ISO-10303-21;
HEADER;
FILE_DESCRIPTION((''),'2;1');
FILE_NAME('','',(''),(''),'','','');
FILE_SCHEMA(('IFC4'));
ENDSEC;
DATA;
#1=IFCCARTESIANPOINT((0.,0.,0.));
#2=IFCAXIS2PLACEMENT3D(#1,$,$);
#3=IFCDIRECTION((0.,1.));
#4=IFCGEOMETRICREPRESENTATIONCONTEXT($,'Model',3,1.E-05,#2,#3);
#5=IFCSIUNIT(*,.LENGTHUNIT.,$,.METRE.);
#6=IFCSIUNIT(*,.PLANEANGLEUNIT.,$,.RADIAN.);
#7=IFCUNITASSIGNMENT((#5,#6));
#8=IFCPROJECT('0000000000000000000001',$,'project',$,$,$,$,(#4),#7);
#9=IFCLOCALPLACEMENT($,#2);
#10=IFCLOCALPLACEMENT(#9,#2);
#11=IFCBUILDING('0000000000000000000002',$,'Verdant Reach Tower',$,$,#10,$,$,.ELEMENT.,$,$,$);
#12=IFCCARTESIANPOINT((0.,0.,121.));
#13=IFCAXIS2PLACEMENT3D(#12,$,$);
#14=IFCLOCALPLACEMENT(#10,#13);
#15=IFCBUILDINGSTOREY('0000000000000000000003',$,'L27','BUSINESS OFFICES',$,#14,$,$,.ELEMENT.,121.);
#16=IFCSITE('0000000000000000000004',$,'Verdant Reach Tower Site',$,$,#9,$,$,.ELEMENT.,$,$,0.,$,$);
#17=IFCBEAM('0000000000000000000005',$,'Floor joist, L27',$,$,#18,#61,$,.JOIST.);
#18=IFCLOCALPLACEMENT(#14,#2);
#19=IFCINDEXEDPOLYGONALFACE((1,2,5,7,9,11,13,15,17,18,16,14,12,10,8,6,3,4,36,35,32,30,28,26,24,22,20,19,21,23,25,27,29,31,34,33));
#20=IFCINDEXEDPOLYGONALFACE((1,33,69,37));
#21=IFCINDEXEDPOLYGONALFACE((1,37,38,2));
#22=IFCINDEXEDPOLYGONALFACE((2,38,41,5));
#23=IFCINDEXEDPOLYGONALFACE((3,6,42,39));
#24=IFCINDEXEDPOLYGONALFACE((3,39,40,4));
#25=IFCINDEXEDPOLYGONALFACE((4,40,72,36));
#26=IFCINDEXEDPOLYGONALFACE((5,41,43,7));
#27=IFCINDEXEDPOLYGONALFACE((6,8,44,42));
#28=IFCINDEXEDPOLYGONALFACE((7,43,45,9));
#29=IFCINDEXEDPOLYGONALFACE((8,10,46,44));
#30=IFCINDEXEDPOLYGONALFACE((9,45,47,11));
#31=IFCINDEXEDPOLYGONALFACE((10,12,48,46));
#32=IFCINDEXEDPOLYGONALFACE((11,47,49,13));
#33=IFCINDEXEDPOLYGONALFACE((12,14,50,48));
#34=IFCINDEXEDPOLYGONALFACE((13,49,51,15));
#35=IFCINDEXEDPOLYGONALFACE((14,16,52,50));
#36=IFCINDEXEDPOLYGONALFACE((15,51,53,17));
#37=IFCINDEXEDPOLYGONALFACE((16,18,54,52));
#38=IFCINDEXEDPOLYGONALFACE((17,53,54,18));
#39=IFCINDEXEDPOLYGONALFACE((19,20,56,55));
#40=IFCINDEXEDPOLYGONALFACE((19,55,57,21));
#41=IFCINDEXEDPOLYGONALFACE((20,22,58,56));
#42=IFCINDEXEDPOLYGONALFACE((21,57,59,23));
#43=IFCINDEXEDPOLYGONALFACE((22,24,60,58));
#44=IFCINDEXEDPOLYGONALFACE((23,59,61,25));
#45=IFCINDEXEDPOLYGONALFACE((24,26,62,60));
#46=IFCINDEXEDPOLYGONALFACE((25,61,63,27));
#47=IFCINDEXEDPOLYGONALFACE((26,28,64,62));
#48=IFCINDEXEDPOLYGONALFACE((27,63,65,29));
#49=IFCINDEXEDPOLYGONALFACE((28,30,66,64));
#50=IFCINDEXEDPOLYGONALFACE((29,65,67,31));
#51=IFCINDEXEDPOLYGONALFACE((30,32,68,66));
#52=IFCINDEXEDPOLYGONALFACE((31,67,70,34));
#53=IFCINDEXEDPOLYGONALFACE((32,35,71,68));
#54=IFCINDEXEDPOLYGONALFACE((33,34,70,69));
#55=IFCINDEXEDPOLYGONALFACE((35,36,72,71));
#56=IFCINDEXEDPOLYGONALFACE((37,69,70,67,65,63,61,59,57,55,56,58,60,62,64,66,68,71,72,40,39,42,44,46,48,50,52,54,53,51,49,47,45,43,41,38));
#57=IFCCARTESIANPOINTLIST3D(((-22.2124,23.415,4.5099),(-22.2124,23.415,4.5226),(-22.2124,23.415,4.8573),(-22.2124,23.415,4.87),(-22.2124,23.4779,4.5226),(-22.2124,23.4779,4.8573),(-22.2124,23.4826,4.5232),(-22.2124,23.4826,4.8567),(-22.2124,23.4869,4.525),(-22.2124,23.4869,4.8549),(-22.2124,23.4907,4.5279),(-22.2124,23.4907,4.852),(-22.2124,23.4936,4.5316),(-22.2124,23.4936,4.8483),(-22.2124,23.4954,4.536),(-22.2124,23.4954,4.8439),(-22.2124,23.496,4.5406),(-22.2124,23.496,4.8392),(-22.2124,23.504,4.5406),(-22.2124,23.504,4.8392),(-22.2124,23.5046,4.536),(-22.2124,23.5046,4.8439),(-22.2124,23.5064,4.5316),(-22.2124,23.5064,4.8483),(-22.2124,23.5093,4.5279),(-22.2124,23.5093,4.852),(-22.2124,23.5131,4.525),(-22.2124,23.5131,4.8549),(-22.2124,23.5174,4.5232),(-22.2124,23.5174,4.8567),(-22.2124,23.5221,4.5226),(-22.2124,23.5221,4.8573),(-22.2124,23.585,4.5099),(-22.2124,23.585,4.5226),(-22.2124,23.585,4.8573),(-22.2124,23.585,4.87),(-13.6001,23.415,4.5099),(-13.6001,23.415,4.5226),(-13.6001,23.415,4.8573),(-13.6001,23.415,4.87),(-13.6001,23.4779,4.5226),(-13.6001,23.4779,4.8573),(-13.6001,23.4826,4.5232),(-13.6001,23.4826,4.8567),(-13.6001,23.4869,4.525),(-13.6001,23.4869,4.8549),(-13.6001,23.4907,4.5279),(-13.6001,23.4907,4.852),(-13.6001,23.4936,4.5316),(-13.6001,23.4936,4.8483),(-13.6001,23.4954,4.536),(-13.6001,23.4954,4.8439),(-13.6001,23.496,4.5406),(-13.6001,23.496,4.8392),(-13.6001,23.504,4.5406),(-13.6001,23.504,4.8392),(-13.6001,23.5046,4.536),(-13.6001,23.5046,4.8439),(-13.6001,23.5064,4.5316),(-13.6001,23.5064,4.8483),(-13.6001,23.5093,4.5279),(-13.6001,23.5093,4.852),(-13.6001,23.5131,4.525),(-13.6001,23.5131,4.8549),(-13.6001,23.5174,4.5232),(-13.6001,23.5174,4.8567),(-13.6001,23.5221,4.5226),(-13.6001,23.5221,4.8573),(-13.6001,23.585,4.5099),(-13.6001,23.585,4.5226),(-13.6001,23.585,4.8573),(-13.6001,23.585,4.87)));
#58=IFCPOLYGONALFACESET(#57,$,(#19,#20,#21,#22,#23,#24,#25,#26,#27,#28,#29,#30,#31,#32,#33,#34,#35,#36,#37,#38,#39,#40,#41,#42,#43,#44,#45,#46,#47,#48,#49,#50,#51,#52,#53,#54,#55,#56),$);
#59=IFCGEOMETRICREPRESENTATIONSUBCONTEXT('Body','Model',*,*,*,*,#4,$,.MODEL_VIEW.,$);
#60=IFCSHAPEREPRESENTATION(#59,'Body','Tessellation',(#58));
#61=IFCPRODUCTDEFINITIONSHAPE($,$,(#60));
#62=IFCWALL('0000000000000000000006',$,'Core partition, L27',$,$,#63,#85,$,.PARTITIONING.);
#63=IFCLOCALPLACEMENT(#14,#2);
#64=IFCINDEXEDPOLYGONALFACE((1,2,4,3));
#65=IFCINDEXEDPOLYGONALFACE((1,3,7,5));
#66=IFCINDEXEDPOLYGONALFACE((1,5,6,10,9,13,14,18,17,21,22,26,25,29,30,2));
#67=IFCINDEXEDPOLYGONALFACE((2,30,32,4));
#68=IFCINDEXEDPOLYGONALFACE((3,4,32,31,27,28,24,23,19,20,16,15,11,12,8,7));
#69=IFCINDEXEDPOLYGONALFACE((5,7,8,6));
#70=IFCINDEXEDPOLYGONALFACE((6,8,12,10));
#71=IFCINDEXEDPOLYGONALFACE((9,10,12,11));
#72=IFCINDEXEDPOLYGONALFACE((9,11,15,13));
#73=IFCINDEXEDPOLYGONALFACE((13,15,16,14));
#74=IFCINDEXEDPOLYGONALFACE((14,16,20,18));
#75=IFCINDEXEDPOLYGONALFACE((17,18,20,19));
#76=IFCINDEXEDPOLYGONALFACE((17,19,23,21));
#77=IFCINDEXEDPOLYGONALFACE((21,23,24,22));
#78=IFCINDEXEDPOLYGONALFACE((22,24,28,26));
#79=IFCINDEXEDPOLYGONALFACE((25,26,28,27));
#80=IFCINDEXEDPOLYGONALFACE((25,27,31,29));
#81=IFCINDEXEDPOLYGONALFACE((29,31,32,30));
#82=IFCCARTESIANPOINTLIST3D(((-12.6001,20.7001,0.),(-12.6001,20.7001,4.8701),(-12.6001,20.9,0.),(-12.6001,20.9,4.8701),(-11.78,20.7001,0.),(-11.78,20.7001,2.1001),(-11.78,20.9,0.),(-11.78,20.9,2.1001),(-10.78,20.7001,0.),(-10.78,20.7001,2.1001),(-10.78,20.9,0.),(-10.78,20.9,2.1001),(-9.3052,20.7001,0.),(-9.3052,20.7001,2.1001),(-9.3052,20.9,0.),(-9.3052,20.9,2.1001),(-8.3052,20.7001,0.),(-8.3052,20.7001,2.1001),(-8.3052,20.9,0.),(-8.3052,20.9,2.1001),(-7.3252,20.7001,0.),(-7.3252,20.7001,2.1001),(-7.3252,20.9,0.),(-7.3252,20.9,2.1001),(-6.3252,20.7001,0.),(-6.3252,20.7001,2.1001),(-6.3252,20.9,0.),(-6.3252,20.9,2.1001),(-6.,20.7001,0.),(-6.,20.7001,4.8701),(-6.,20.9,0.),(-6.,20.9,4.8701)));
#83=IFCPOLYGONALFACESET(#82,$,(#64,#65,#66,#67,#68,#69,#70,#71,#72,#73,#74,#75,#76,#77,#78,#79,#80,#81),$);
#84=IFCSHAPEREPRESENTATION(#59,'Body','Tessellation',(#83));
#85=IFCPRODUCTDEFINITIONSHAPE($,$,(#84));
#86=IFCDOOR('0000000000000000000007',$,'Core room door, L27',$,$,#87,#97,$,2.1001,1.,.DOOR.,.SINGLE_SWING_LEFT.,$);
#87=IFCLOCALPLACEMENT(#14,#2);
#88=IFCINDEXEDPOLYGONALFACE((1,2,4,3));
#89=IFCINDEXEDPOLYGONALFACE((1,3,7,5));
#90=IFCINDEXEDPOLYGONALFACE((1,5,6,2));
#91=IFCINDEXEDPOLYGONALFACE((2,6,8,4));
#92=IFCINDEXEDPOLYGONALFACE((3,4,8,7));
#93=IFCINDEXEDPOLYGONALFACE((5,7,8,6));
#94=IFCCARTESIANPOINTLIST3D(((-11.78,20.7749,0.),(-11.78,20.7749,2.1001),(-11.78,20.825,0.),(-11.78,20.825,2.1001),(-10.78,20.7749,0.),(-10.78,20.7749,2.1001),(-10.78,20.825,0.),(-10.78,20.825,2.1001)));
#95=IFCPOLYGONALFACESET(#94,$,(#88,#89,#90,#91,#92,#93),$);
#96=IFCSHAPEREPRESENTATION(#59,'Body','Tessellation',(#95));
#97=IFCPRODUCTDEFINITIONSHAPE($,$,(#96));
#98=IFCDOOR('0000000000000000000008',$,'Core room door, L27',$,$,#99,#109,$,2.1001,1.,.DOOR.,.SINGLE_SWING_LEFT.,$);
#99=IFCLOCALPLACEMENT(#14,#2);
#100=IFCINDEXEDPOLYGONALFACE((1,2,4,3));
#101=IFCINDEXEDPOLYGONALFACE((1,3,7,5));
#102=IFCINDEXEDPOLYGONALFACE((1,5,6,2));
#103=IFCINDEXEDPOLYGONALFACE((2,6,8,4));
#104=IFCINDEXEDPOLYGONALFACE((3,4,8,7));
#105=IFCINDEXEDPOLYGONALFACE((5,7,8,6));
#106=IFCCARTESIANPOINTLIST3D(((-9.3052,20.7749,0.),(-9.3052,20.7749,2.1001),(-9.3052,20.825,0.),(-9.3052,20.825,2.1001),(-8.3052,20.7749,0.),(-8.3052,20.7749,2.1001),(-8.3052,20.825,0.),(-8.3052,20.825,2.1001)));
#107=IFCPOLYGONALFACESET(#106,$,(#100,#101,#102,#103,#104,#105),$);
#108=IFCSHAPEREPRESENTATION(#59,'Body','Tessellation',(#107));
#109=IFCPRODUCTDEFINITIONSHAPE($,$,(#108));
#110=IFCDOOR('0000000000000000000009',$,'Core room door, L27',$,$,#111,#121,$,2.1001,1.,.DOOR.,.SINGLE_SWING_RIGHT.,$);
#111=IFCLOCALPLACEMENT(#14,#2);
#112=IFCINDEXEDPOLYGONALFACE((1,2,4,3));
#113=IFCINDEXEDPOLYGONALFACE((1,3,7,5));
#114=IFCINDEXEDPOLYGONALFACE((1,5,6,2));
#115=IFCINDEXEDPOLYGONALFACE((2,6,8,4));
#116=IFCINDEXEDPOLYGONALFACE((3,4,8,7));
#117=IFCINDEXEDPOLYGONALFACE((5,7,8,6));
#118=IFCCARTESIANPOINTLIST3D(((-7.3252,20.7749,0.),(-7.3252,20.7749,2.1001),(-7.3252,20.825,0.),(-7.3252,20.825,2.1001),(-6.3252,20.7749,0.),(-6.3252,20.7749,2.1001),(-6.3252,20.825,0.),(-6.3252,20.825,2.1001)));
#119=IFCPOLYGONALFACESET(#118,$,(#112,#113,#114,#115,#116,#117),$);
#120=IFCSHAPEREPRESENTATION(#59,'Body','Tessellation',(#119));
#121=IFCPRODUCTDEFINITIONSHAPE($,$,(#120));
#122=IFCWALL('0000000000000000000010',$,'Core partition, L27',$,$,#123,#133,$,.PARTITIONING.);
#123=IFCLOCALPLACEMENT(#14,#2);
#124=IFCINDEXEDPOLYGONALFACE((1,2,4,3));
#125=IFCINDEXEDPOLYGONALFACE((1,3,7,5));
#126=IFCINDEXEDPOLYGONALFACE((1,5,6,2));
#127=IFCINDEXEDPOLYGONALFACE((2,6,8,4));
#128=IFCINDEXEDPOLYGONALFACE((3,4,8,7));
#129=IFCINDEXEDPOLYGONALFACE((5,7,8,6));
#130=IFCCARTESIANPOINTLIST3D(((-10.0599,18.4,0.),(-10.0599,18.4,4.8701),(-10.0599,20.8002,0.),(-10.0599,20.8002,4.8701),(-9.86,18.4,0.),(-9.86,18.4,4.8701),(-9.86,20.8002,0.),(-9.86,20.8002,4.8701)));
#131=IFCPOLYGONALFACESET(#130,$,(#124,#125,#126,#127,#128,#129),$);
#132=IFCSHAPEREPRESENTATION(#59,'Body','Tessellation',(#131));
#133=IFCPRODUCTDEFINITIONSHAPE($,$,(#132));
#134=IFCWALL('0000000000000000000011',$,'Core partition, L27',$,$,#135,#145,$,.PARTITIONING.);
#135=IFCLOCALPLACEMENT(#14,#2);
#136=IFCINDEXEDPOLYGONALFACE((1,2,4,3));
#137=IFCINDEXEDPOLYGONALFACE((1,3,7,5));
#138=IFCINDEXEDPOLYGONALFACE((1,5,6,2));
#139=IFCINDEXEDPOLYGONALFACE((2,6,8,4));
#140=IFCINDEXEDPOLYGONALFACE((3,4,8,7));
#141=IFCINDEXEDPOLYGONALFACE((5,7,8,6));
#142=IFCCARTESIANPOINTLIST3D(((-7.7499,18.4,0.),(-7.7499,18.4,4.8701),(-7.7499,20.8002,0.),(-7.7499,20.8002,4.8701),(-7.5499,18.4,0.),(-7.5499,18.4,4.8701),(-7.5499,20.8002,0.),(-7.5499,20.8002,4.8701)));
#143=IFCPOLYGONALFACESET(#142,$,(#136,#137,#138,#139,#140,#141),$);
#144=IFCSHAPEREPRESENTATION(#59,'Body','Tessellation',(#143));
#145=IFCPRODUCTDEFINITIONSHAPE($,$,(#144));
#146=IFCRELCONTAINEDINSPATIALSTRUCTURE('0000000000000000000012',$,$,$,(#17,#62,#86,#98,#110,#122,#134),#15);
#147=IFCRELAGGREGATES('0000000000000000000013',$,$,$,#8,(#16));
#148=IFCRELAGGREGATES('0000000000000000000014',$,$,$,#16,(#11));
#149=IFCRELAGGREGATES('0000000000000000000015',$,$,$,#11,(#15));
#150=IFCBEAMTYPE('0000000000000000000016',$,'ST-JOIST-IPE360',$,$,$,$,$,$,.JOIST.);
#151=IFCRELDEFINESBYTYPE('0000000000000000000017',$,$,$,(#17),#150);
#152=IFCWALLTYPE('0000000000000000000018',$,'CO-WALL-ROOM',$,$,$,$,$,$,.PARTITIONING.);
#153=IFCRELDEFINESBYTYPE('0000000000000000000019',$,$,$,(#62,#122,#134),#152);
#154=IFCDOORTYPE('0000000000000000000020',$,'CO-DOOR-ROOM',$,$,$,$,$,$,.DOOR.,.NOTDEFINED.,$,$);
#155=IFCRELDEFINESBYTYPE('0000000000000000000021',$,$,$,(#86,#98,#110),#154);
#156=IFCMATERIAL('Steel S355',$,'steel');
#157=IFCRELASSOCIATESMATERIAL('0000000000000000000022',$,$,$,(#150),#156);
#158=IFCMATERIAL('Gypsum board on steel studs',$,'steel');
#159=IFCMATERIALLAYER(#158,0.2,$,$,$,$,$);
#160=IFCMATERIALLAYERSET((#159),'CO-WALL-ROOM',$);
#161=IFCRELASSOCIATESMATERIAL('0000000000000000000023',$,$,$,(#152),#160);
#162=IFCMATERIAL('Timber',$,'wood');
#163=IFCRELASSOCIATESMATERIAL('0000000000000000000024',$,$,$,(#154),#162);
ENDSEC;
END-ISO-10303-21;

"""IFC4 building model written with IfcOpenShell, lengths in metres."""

from ifc_helpers import new_model, si_unit, direction, frame, frame_2d, origin, origin_2d, place, context, subcontext, project, spatial, rectangle, i_section, extrude, material, layer, layer_set, material_profile, profile_set, type_object, element, fill, save


model = new_model("IFC4")

# Units and contexts
model_context = context("Model", 3, precision=1e-05, world=origin(), true_north=direction((0.0, 1.0)))
body_context = subcontext(model_context, "Body", "Model", "MODEL_VIEW")
ifc_project = project(units=[si_unit("LENGTHUNIT", "METRE"), si_unit("PLANEANGLEUNIT", "RADIAN")], contexts=[model_context])

# Site, building, storey
site_placement = place(None, origin())
site = spatial("IfcSite", under=ifc_project, at=site_placement, Name="Verdant Reach Tower Site", CompositionType="ELEMENT", RefElevation=0.0)
building_placement = place(site_placement, origin())
building = spatial("IfcBuilding", under=site, at=building_placement, Name="Verdant Reach Tower", CompositionType="ELEMENT")
storey_placement = place(building_placement, frame((0.0, 0.0, 121.0)))
storey = spatial("IfcBuildingStorey", under=building, at=storey_placement, Name="L27", Description="BUSINESS OFFICES", CompositionType="ELEMENT", Elevation=121.0)

# Beam
ifc_material_1 = material(Name="Steel S355", Category="steel")
ifc_material_profile_1 = material_profile(ifc_material_1, i_section(OverallWidth=0.1699, OverallDepth=0.3601, WebThickness=0.0081, FlangeThickness=0.0127, FilletRadius=0.0181, at=origin_2d()), Name="IPE 360")
ifc_profile_set_1 = profile_set([ifc_material_profile_1], Name="Steel S355")
beam_type_1 = type_object("IfcBeamType", Name="ST-JOIST-IPE360", PredefinedType="JOIST", material=ifc_profile_set_1)
beam_1_placement = place(storey_placement, frame((-13.6001, 23.5, 4.6899), z_axis=(-1.0, 0.0, 0.0), x_axis=(0.0, -1.0, 0.0)))
element("IfcBeam", 1, at=beam_1_placement, inside=storey, type_object=beam_type_1, Name="Floor joist, L27", PredefinedType="JOIST", context=body_context, shape_type="SweptSolid", body=[
    extrude(i_section(OverallWidth=0.1699, OverallDepth=0.3601, WebThickness=0.0081, FlangeThickness=0.0127, FilletRadius=0.0181, at=origin_2d()), origin(), (0.0, 0.0, 1.0), 8.6123),
])

# Wall, openings, doors
ifc_material_2 = material(Name="Gypsum board on steel studs", Category="steel")
ifc_layer_1 = layer(ifc_material_2, 0.2)
ifc_layer_set_1 = layer_set([ifc_layer_1], Name="CO-WALL-ROOM")
wall_type_1 = type_object("IfcWallType", Name="CO-WALL-ROOM", PredefinedType="PARTITIONING", material=ifc_layer_set_1)
wall_1_placement = place(storey_placement, frame((-12.6001, 20.8, 0.0), z_axis=(0.0, 0.0, 1.0), x_axis=(1.0, 0.0, 0.0)))
wall_1 = element("IfcWall", 2, at=wall_1_placement, inside=storey, type_object=wall_type_1, Name="Core partition, L27", PredefinedType="PARTITIONING", context=body_context, shape_type="SweptSolid", body=[
    extrude(rectangle(XDim=6.6001, YDim=0.2, at=frame_2d((3.3, 0.0))), origin(), (0.0, 0.0, 1.0), 4.8701),
])
opening_1_placement = place(wall_1_placement, frame((0.8201, 0.0, 0.0)))
opening_1 = element("IfcOpeningElement", 3, at=opening_1_placement, cuts=wall_1, PredefinedType="OPENING", context=body_context, shape_type="SweptSolid", body=[
    extrude(rectangle(XDim=1.0, YDim=2.1001, at=frame_2d((0.5, 1.05))), frame((0.0, 0.1099, 0.0), z_axis=(0.0, -1.0, 0.0), x_axis=(1.0, 0.0, 0.0)), (0.0, 0.0, 1.0), 0.22),
])
opening_2_placement = place(wall_1_placement, frame((3.2949, 0.0, 0.0)))
opening_2 = element("IfcOpeningElement", 4, at=opening_2_placement, cuts=wall_1, PredefinedType="OPENING", context=body_context, shape_type="SweptSolid", body=[
    extrude(rectangle(XDim=1.0, YDim=2.1001, at=frame_2d((0.5, 1.05))), frame((0.0, 0.1099, 0.0), z_axis=(0.0, -1.0, 0.0), x_axis=(1.0, 0.0, 0.0)), (0.0, 0.0, 1.0), 0.22),
])
opening_3_placement = place(wall_1_placement, frame((5.2749, 0.0, 0.0)))
opening_3 = element("IfcOpeningElement", 5, at=opening_3_placement, cuts=wall_1, PredefinedType="OPENING", context=body_context, shape_type="SweptSolid", body=[
    extrude(rectangle(XDim=1.0, YDim=2.1001, at=frame_2d((0.5, 1.05))), frame((0.0, 0.1099, 0.0), z_axis=(0.0, -1.0, 0.0), x_axis=(1.0, 0.0, 0.0)), (0.0, 0.0, 1.0), 0.22),
])
ifc_material_3 = material(Name="Timber", Category="wood")
door_type_1 = type_object("IfcDoorType", Name="CO-DOOR-ROOM", OperationType="NOTDEFINED", PredefinedType="DOOR", material=ifc_material_3)
door_1_placement = place(opening_1_placement, origin())
door_1 = element("IfcDoor", 6, at=door_1_placement, inside=storey, type_object=door_type_1, Name="Core room door, L27", OperationType="SINGLE_SWING_LEFT", OverallHeight=2.1001, OverallWidth=1.0, PredefinedType="DOOR", context=body_context, shape_type="SweptSolid", body=[
    extrude(rectangle(XDim=1.0, YDim=2.1001, at=frame_2d((0.5, 1.05))), frame((0.0, 0.0249, 0.0), z_axis=(0.0, -1.0, 0.0), x_axis=(1.0, 0.0, 0.0)), (0.0, 0.0, 1.0), 0.05),
])
fill(opening_1, door_1)
door_2_placement = place(opening_2_placement, origin())
door_2 = element("IfcDoor", 7, at=door_2_placement, inside=storey, type_object=door_type_1, Name="Core room door, L27", OperationType="SINGLE_SWING_LEFT", OverallHeight=2.1001, OverallWidth=1.0, PredefinedType="DOOR", context=body_context, shape_type="SweptSolid", body=[
    extrude(rectangle(XDim=1.0, YDim=2.1001, at=frame_2d((0.5, 1.05))), frame((0.0, 0.0249, 0.0), z_axis=(0.0, -1.0, 0.0), x_axis=(1.0, 0.0, 0.0)), (0.0, 0.0, 1.0), 0.05),
])
fill(opening_2, door_2)
door_3_placement = place(opening_3_placement, origin())
door_3 = element("IfcDoor", 8, at=door_3_placement, inside=storey, type_object=door_type_1, Name="Core room door, L27", OperationType="SINGLE_SWING_RIGHT", OverallHeight=2.1001, OverallWidth=1.0, PredefinedType="DOOR", context=body_context, shape_type="SweptSolid", body=[
    extrude(rectangle(XDim=1.0, YDim=2.1001, at=frame_2d((0.5, 1.05))), frame((0.0, 0.0249, 0.0), z_axis=(0.0, -1.0, 0.0), x_axis=(1.0, 0.0, 0.0)), (0.0, 0.0, 1.0), 0.05),
])
fill(opening_3, door_3)

# Walls
for number, where, z_axis, x_axis, name in (
    (9, (-9.96, 18.3999, 0.0), (0.0, 0.0, 1.0), (0.0, 1.0, 0.0), "Core partition, L27"),
    (10, (-7.6499, 18.3999, 0.0), (0.0, 0.0, 1.0), (0.0, 1.0, 0.0), "Core partition, L27"),
):
    element("IfcWall", number, at=place(storey_placement, frame(where, z_axis=z_axis, x_axis=x_axis)), inside=storey, type_object=wall_type_1, Name=name, PredefinedType="PARTITIONING", context=body_context, shape_type="SweptSolid", body=[
        extrude(rectangle(XDim=2.4001, YDim=0.2, at=frame_2d((1.2002, 0.0))), origin(), (0.0, 0.0, 1.0), 4.8701),
    ])

save(model, "model.ifc")
